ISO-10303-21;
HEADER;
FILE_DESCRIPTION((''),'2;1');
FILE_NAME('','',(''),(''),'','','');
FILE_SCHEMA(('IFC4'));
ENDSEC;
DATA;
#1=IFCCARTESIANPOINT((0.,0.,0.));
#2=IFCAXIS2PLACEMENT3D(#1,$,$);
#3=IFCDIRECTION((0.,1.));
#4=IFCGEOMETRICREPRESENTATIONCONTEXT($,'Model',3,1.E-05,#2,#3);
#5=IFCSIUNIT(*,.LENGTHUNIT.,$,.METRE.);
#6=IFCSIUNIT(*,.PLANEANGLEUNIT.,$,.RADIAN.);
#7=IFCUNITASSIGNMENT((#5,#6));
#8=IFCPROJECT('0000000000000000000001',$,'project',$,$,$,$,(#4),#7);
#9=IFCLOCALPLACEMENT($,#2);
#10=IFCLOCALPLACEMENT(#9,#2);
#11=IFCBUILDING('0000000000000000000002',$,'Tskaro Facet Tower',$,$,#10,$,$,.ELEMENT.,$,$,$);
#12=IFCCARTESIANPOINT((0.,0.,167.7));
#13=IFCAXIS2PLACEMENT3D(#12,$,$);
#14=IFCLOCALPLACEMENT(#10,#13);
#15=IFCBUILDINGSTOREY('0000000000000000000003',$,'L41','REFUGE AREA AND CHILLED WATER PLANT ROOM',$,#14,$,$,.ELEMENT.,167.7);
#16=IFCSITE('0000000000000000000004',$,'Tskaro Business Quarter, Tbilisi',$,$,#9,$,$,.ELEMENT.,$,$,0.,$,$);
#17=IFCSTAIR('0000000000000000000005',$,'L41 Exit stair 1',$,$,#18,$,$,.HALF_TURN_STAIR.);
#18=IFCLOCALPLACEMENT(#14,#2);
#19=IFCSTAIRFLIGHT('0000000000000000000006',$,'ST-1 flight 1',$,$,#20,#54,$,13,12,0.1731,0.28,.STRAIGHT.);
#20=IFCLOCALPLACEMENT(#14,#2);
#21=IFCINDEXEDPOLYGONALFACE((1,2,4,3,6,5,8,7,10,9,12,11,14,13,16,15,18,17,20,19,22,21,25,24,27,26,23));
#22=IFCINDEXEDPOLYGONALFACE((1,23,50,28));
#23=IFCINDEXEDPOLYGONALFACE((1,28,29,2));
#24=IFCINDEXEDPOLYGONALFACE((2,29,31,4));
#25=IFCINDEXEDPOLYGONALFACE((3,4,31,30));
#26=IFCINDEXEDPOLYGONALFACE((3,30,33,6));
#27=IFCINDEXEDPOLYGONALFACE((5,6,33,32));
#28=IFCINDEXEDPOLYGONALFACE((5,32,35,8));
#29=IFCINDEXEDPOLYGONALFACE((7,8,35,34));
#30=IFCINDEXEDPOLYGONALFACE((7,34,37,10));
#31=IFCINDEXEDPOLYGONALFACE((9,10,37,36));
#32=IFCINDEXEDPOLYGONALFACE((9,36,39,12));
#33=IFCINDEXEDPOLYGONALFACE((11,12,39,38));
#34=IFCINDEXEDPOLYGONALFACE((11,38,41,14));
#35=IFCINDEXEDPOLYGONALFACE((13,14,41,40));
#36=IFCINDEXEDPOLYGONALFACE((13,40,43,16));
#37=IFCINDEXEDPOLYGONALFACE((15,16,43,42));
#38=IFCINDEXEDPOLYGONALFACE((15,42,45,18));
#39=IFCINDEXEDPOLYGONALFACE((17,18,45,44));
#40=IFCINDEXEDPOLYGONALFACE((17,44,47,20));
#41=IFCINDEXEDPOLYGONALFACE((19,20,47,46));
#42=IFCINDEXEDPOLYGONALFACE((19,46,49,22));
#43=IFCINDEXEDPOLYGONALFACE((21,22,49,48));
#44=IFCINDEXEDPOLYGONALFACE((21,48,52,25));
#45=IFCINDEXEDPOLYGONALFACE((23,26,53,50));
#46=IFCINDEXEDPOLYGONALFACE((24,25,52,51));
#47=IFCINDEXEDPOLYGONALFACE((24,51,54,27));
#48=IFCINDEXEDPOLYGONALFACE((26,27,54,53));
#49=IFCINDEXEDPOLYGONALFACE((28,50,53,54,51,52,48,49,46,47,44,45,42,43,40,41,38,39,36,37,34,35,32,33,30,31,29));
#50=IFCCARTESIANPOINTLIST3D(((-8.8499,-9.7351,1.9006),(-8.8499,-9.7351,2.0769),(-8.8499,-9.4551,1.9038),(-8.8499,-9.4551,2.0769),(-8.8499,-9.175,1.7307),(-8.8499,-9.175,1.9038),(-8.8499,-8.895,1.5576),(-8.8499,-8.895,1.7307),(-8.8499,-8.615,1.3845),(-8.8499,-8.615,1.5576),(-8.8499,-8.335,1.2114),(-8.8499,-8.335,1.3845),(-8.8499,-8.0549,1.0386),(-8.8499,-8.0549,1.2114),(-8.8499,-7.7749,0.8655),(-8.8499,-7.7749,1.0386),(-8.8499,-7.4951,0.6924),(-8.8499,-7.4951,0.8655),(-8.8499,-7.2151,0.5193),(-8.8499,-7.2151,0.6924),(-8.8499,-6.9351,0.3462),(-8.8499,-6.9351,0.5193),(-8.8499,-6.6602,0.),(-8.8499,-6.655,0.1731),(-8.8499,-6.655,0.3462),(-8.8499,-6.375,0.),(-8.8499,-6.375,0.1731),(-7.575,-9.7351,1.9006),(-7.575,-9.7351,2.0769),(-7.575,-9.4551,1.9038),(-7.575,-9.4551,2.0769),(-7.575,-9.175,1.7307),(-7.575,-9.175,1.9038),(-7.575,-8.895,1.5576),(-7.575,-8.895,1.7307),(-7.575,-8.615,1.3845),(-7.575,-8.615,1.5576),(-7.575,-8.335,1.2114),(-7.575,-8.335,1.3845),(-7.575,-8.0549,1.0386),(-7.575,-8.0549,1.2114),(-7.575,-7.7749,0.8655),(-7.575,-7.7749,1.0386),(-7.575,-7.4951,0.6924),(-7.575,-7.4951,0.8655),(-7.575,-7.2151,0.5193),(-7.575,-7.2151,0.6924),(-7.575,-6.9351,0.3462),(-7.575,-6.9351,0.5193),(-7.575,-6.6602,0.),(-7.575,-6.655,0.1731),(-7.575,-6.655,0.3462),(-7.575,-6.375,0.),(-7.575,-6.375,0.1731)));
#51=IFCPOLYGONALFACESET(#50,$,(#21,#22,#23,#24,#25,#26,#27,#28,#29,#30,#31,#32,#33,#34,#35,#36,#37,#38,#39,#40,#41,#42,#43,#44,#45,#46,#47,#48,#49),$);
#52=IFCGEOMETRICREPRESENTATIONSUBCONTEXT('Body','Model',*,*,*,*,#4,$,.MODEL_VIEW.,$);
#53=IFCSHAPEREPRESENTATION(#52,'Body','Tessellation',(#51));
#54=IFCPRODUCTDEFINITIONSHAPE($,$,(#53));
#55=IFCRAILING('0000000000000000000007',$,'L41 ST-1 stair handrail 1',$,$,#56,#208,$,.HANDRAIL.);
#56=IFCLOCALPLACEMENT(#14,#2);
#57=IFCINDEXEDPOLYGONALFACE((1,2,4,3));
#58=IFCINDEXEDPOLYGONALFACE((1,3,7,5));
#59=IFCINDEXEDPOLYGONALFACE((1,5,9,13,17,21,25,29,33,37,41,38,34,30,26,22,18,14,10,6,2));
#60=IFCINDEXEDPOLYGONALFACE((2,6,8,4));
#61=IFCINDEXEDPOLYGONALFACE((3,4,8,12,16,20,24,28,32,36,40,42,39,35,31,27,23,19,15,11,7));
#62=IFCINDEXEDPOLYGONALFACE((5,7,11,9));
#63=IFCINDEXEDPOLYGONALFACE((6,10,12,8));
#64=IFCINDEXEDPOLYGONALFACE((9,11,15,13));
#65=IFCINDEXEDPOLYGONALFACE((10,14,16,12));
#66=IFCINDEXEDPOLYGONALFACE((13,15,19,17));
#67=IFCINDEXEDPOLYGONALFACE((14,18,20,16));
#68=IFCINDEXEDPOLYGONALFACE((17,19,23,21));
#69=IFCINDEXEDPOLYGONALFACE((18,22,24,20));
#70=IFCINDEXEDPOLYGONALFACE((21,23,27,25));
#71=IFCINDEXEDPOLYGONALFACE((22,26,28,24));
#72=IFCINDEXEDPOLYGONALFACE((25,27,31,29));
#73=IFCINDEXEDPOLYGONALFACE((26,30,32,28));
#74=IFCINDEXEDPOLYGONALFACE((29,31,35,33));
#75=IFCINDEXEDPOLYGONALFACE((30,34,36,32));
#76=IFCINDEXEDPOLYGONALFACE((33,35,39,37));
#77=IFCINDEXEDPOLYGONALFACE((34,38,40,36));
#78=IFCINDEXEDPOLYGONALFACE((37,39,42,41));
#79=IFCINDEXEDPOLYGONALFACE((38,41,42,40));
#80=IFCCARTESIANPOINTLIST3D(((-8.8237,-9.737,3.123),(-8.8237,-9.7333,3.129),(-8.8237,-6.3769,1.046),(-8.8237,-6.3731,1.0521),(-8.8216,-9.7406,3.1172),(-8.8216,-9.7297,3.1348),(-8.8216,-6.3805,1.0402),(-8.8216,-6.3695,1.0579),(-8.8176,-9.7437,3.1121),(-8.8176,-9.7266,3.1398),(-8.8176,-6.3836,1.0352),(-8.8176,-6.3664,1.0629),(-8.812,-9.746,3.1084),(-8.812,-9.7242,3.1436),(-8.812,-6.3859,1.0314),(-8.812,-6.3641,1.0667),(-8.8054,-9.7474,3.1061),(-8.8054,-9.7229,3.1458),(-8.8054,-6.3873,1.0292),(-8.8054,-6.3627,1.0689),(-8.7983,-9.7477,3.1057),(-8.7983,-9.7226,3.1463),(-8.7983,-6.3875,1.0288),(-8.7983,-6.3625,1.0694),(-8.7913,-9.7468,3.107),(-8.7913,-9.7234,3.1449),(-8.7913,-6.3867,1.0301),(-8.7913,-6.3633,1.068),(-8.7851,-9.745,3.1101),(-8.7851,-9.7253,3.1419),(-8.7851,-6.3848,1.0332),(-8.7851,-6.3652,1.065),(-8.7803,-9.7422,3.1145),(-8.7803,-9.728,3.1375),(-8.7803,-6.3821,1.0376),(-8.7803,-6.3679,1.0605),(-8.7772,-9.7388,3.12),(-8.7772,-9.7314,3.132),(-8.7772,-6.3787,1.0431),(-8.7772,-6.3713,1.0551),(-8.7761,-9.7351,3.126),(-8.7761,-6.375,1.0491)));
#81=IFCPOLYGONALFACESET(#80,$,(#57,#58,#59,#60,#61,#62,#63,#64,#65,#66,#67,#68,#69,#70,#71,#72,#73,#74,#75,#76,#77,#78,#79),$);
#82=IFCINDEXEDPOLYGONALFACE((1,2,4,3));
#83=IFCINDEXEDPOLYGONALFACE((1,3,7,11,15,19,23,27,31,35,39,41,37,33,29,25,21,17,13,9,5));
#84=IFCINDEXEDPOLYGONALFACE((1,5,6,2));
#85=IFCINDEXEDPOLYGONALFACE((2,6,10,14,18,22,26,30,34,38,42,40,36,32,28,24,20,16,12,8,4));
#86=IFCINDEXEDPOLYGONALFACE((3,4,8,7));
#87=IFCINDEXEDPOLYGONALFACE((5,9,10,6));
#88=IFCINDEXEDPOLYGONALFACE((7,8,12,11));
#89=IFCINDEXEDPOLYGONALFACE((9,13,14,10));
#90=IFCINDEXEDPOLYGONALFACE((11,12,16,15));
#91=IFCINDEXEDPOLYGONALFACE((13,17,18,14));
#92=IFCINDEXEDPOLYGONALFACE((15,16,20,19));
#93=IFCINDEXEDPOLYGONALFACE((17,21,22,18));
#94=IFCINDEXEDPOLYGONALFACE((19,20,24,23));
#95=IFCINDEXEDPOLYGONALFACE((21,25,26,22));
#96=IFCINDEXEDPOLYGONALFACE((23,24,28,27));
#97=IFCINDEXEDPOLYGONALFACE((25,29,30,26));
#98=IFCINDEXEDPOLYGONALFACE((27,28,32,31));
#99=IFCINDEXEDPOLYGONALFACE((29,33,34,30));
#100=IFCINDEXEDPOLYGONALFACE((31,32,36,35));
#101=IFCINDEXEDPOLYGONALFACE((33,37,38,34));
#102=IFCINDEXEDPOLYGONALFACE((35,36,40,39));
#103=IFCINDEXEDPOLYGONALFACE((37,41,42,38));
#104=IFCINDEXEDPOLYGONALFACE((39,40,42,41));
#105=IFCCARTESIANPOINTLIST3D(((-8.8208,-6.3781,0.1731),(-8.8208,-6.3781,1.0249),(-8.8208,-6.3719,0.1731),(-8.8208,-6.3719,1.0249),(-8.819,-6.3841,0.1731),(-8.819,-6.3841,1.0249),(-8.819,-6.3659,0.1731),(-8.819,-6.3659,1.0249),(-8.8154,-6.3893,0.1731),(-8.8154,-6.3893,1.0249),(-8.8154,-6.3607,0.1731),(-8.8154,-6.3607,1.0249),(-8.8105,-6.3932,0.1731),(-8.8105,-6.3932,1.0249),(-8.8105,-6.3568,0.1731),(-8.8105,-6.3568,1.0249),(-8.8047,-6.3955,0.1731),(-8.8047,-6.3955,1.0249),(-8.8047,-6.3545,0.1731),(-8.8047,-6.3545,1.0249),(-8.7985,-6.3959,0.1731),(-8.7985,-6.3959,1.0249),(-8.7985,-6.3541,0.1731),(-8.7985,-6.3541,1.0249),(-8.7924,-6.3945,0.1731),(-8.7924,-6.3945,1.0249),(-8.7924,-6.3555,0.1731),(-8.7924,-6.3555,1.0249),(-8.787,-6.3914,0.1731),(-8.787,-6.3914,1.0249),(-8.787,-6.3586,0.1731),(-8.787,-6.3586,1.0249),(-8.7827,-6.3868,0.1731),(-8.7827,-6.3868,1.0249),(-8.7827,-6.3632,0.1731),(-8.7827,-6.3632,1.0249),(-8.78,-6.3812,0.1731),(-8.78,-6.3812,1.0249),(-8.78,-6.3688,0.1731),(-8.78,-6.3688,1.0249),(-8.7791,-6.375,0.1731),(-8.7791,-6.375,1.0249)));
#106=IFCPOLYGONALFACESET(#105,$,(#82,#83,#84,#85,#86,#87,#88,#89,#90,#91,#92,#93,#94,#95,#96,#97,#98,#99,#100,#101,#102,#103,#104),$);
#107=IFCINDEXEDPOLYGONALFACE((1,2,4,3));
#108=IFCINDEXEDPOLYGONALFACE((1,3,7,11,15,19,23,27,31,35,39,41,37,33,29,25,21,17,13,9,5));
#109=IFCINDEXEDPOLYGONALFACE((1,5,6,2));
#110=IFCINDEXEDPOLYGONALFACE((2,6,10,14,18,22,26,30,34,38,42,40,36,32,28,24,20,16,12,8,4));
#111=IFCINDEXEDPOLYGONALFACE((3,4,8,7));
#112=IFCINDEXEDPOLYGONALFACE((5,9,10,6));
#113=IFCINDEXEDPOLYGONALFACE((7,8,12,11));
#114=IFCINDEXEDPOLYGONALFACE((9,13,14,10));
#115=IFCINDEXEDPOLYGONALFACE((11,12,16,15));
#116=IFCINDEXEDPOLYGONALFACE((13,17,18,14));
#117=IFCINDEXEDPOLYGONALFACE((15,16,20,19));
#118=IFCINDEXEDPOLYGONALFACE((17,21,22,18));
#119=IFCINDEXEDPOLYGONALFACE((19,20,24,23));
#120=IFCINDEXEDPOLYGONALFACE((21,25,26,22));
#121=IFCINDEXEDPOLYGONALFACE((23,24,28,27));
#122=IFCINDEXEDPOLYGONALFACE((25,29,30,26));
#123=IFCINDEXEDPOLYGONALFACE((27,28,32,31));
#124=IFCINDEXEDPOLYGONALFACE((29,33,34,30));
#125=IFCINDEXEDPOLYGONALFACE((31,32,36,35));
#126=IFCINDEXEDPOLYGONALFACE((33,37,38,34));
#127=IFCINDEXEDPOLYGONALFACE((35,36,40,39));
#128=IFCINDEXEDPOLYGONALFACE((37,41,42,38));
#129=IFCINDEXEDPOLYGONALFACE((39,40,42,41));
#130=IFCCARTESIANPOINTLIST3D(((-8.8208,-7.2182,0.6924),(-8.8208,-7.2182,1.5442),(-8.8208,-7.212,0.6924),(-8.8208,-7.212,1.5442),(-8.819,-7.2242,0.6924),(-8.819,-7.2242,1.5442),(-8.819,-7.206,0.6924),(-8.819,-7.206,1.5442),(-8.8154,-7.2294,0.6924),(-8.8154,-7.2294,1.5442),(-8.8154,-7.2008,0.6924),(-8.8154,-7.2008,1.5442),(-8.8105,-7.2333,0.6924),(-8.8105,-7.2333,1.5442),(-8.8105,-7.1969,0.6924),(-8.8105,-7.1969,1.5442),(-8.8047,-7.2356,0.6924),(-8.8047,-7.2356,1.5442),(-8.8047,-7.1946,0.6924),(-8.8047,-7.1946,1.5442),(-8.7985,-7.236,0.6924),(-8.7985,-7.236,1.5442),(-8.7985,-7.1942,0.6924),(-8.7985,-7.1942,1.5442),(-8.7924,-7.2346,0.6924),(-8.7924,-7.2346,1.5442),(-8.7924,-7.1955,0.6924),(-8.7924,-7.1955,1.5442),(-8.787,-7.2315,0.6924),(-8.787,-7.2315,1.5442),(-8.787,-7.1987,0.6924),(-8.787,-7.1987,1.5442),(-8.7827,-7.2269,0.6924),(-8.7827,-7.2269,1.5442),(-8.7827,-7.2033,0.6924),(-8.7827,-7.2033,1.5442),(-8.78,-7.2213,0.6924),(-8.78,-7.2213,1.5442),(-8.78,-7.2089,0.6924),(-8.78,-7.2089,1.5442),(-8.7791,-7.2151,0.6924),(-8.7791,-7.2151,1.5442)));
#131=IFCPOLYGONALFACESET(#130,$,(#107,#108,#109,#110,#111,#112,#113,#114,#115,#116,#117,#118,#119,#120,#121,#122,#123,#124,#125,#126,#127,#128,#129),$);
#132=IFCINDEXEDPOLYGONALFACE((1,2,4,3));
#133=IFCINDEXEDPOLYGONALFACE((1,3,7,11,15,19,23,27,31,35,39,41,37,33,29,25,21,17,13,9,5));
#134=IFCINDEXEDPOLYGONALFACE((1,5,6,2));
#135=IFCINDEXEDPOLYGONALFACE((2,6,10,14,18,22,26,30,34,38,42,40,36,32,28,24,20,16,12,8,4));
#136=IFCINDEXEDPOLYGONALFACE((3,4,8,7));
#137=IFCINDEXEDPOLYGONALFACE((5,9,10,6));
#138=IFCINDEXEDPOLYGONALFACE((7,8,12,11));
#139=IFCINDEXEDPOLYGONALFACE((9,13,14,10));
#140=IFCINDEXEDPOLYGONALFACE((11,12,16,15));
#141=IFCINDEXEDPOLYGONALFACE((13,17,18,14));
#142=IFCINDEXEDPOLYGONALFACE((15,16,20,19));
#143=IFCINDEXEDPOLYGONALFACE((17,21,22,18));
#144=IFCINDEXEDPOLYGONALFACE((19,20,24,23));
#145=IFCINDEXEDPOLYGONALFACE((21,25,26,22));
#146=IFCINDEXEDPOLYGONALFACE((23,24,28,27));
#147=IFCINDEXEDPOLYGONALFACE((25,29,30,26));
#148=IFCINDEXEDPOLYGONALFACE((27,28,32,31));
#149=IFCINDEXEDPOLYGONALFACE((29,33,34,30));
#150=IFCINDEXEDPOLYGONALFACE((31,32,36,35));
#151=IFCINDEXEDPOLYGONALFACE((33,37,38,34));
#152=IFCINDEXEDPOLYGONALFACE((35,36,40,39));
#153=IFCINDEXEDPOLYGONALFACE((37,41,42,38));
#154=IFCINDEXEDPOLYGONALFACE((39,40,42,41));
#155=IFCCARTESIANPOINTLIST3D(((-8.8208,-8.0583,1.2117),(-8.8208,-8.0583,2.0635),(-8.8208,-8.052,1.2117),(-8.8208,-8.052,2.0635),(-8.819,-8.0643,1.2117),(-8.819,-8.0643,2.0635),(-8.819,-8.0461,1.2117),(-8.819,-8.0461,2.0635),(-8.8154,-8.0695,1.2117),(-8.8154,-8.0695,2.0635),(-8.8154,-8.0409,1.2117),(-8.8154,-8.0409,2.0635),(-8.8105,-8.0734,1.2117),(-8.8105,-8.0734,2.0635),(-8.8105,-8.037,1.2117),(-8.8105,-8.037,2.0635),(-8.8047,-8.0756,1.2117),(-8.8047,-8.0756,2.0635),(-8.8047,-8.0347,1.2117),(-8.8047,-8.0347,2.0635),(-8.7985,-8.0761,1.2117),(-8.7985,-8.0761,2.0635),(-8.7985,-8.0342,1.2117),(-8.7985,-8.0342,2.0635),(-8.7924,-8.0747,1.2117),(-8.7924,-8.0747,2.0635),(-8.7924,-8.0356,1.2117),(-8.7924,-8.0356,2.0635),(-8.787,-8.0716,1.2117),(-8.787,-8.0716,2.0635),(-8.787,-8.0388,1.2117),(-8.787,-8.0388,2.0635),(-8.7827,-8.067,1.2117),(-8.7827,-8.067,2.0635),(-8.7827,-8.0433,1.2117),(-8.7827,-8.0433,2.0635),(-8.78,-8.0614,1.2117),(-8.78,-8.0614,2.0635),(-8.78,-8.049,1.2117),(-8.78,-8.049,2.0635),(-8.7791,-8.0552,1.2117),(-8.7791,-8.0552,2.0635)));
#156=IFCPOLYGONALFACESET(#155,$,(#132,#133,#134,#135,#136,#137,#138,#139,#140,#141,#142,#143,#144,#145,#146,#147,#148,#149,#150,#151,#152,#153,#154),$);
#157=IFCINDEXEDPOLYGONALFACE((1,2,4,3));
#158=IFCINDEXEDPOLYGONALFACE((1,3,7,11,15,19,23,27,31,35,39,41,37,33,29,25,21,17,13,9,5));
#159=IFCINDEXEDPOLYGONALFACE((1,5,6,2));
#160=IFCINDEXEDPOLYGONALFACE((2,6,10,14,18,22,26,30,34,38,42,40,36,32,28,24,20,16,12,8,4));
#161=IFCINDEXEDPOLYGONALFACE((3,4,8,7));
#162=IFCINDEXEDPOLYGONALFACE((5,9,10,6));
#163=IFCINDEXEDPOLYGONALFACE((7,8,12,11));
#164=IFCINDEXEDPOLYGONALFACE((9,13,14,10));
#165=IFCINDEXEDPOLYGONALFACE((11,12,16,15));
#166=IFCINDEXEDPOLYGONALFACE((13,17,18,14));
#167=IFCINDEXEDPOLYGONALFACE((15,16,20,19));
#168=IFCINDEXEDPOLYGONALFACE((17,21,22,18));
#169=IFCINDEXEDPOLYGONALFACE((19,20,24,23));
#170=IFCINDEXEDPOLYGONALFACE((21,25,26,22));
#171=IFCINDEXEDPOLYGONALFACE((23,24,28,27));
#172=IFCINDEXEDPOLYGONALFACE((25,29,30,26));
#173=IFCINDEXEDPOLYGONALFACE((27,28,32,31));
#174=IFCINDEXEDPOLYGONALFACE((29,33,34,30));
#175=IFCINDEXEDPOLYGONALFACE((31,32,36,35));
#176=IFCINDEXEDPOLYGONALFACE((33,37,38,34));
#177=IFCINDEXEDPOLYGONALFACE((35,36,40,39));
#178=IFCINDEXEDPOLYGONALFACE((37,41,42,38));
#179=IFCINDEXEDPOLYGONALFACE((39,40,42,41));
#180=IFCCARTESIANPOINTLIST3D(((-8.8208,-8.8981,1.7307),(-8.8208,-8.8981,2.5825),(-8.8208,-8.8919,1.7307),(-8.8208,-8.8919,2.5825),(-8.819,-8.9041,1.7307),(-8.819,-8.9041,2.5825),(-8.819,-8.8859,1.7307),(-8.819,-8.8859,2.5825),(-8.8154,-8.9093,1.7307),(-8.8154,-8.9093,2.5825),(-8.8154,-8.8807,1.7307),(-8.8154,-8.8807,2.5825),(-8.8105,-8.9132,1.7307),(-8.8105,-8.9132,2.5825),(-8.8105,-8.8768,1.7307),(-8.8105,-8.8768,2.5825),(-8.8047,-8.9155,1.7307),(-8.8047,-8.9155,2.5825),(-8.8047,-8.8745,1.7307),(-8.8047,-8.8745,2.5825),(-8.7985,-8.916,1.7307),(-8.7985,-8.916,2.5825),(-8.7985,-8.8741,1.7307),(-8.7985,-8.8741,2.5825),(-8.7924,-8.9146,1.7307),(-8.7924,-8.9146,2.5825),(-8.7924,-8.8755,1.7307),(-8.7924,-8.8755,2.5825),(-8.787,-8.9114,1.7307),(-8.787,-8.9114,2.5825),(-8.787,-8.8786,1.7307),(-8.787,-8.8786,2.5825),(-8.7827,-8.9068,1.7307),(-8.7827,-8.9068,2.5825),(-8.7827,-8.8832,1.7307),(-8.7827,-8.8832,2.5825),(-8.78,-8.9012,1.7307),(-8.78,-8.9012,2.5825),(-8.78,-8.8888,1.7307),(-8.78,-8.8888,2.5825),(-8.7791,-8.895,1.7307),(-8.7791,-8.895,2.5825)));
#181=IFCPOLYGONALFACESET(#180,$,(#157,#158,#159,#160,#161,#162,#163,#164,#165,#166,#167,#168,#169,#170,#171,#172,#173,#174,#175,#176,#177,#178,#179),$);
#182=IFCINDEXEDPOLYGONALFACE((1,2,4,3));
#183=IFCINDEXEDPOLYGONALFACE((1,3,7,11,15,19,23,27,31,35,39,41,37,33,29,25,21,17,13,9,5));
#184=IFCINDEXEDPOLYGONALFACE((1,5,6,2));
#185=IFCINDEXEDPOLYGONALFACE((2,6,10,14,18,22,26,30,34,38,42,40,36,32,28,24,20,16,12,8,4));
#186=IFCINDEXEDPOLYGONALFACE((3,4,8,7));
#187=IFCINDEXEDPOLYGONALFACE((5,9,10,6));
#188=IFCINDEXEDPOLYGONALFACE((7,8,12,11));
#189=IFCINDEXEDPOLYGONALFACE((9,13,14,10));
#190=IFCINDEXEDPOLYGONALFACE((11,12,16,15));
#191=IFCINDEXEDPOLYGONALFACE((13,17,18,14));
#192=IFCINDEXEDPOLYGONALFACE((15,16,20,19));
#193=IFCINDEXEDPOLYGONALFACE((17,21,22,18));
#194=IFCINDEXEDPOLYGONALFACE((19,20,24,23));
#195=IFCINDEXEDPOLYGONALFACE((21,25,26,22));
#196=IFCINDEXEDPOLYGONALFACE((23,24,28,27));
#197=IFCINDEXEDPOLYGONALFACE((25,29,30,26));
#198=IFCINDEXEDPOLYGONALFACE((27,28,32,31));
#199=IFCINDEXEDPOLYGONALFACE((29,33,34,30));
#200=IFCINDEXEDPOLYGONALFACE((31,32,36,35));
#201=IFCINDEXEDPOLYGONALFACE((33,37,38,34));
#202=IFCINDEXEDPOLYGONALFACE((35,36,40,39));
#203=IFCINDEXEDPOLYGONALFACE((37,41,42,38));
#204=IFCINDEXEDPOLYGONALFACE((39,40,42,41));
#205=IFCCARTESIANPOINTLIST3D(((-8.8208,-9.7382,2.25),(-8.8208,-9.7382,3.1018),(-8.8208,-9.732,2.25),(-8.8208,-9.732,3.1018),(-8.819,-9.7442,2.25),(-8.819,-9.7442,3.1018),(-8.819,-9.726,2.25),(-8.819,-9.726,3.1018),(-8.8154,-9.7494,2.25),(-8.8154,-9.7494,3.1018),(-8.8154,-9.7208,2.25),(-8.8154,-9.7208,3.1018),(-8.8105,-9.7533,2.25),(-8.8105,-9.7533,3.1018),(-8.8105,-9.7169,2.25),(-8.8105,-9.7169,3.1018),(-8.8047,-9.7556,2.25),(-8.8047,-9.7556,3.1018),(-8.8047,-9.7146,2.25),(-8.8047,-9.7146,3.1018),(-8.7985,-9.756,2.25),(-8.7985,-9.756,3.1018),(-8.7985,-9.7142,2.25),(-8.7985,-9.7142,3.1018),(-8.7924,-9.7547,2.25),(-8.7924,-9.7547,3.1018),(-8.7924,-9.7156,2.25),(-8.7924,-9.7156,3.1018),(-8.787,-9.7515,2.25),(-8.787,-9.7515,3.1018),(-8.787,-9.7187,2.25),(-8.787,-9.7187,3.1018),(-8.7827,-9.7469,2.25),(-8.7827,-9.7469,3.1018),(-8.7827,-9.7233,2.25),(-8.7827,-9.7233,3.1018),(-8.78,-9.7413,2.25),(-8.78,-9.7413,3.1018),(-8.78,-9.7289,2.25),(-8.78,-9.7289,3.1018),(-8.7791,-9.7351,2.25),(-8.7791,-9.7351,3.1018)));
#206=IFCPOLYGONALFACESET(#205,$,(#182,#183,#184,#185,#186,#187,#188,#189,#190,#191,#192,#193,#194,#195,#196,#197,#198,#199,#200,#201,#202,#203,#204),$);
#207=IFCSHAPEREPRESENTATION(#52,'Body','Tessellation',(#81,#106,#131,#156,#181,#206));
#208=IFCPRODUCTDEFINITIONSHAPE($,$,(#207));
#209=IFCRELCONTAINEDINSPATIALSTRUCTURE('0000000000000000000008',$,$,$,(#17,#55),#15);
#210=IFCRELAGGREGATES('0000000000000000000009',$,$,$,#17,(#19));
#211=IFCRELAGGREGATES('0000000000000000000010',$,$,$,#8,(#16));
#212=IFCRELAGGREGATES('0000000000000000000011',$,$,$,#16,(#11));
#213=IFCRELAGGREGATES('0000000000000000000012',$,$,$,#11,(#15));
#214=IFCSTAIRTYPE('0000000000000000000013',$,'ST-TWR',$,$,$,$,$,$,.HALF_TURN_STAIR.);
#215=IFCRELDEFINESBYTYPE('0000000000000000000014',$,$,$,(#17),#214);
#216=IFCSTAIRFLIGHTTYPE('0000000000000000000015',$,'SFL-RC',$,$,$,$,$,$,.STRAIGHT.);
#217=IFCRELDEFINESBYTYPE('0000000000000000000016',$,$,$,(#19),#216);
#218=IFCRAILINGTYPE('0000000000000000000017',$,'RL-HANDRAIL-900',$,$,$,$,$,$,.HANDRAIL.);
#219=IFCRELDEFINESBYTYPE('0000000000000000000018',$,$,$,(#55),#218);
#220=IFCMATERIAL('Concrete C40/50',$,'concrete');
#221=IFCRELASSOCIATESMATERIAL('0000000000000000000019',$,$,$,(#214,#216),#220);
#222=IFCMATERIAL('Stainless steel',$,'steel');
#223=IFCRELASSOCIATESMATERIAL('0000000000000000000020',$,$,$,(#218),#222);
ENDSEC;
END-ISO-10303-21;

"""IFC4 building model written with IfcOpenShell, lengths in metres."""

from ifc_helpers import new_model, si_unit, direction, frame, origin, origin_2d, place, context, subcontext, project, spatial, polyline, circle, outline, extrude, material, type_object, element, aggregate, save


model = new_model("IFC4")

# Units and contexts
model_context = context("Model", 3, precision=1e-05, world=origin(), true_north=direction((0.0, 1.0)))
body_context = subcontext(model_context, "Body", "Model", "MODEL_VIEW")
ifc_project = project(units=[si_unit("LENGTHUNIT", "METRE"), si_unit("PLANEANGLEUNIT", "RADIAN")], contexts=[model_context])

# Site, building, storey
site_placement = place(None, origin())
site = spatial("IfcSite", under=ifc_project, at=site_placement, Name="Tskaro Business Quarter, Tbilisi", CompositionType="ELEMENT", RefElevation=0.0)
building_placement = place(site_placement, origin())
building = spatial("IfcBuilding", under=site, at=building_placement, Name="Tskaro Facet Tower", CompositionType="ELEMENT")
storey_placement = place(building_placement, frame((0.0, 0.0, 167.7)))
storey = spatial("IfcBuildingStorey", under=building, at=storey_placement, Name="L41", Description="REFUGE AREA AND CHILLED WATER PLANT ROOM", CompositionType="ELEMENT", Elevation=167.7)

# Shared definitions
ifc_material_1 = material(Name="Concrete C40/50", Category="concrete")

# Stair, stair flight
stair_type = type_object("IfcStairType", Name="ST-TWR", PredefinedType="HALF_TURN_STAIR", material=ifc_material_1)
stair_placement = place(storey_placement, origin())
stair = element("IfcStair", 1, at=stair_placement, inside=storey, type_object=stair_type, Name="L41 Exit stair 1", PredefinedType="HALF_TURN_STAIR")
stair_flight_type = type_object("IfcStairFlightType", Name="SFL-RC", PredefinedType="STRAIGHT", material=ifc_material_1)
stair_flight_placement = place(storey_placement, frame((-8.2124, -6.375, 0.0), z_axis=(0.0, 0.0, 1.0), x_axis=(0.0, -1.0, 0.0)))
stair_flight = element("IfcStairFlight", 2, at=stair_flight_placement, type_object=stair_flight_type, Name="ST-1 flight 1", NumberOfRisers=13, NumberOfTreads=12, PredefinedType="STRAIGHT", RiserHeight=0.1731, TreadLength=0.28, context=body_context, shape_type="SweptSolid", body=[
    extrude(outline(polyline([(0.0, 0.0), (0.0, 0.1731), (0.28, 0.1731), (0.28, 0.3462), (0.5601, 0.3462), (0.5601, 0.5193), (0.8401, 0.5193), (0.8401, 0.6924), (1.1201, 0.6924), (1.1201, 0.8655), (1.3999, 0.8655), (1.3999, 1.0386), (1.6799, 1.0386), (1.6799, 1.2114), (1.96, 1.2114), (1.96, 1.3845), (2.24, 1.3845), (2.24, 1.5576), (2.52, 1.5576), (2.52, 1.7307), (2.8, 1.7307), (2.8, 1.9038), (3.0801, 1.9038), (3.0801, 2.0769), (3.3601, 2.0769), (3.3601, 2.25), (3.3601, 1.9006), (0.2852, 0.0), (0.0, 0.0)])), frame((0.0, 0.6375, 0.0), z_axis=(0.0, -1.0, 0.0), x_axis=(1.0, 0.0, 0.0)), (0.0, 0.0, 1.0), 1.2749),
])
aggregate(stair, [stair_flight])

# Railing
ifc_material_2 = material(Name="Stainless steel", Category="steel")
railing_type = type_object("IfcRailingType", Name="RL-HANDRAIL-900", PredefinedType="HANDRAIL", material=ifc_material_2)
railing_placement = place(storey_placement, frame((-8.8, -6.375, 0.1731)))
element("IfcRailing", 3, at=railing_placement, inside=storey, type_object=railing_type, Name="L41 ST-1 stair handrail 1", PredefinedType="HANDRAIL", context=body_context, shape_type="SweptSolid", body=[
    extrude(circle(Radius=0.0239, at=origin_2d()), frame((0.0, 0.0, 0.876), z_axis=(0.0, -0.850623, 0.525776), x_axis=(1.0, 0.0, 0.0)), (0.0, 0.0, 1.0), 3.9502),
    extrude(circle(Radius=0.021, at=origin_2d()), origin(), (0.0, 0.0, 1.0), 0.8518),
    extrude(circle(Radius=0.021, at=origin_2d()), frame((0.0, -0.8401, 0.5193)), (0.0, 0.0, 1.0), 0.8518),
    extrude(circle(Radius=0.021, at=origin_2d()), frame((0.0, -1.6802, 1.0386)), (0.0, 0.0, 1.0), 0.8518),
    extrude(circle(Radius=0.021, at=origin_2d()), frame((0.0, -2.52, 1.5576)), (0.0, 0.0, 1.0), 0.8518),
    extrude(circle(Radius=0.021, at=origin_2d()), frame((0.0, -3.3601, 2.0769)), (0.0, 0.0, 1.0), 0.8518),
])

save(model, "model.ifc")
